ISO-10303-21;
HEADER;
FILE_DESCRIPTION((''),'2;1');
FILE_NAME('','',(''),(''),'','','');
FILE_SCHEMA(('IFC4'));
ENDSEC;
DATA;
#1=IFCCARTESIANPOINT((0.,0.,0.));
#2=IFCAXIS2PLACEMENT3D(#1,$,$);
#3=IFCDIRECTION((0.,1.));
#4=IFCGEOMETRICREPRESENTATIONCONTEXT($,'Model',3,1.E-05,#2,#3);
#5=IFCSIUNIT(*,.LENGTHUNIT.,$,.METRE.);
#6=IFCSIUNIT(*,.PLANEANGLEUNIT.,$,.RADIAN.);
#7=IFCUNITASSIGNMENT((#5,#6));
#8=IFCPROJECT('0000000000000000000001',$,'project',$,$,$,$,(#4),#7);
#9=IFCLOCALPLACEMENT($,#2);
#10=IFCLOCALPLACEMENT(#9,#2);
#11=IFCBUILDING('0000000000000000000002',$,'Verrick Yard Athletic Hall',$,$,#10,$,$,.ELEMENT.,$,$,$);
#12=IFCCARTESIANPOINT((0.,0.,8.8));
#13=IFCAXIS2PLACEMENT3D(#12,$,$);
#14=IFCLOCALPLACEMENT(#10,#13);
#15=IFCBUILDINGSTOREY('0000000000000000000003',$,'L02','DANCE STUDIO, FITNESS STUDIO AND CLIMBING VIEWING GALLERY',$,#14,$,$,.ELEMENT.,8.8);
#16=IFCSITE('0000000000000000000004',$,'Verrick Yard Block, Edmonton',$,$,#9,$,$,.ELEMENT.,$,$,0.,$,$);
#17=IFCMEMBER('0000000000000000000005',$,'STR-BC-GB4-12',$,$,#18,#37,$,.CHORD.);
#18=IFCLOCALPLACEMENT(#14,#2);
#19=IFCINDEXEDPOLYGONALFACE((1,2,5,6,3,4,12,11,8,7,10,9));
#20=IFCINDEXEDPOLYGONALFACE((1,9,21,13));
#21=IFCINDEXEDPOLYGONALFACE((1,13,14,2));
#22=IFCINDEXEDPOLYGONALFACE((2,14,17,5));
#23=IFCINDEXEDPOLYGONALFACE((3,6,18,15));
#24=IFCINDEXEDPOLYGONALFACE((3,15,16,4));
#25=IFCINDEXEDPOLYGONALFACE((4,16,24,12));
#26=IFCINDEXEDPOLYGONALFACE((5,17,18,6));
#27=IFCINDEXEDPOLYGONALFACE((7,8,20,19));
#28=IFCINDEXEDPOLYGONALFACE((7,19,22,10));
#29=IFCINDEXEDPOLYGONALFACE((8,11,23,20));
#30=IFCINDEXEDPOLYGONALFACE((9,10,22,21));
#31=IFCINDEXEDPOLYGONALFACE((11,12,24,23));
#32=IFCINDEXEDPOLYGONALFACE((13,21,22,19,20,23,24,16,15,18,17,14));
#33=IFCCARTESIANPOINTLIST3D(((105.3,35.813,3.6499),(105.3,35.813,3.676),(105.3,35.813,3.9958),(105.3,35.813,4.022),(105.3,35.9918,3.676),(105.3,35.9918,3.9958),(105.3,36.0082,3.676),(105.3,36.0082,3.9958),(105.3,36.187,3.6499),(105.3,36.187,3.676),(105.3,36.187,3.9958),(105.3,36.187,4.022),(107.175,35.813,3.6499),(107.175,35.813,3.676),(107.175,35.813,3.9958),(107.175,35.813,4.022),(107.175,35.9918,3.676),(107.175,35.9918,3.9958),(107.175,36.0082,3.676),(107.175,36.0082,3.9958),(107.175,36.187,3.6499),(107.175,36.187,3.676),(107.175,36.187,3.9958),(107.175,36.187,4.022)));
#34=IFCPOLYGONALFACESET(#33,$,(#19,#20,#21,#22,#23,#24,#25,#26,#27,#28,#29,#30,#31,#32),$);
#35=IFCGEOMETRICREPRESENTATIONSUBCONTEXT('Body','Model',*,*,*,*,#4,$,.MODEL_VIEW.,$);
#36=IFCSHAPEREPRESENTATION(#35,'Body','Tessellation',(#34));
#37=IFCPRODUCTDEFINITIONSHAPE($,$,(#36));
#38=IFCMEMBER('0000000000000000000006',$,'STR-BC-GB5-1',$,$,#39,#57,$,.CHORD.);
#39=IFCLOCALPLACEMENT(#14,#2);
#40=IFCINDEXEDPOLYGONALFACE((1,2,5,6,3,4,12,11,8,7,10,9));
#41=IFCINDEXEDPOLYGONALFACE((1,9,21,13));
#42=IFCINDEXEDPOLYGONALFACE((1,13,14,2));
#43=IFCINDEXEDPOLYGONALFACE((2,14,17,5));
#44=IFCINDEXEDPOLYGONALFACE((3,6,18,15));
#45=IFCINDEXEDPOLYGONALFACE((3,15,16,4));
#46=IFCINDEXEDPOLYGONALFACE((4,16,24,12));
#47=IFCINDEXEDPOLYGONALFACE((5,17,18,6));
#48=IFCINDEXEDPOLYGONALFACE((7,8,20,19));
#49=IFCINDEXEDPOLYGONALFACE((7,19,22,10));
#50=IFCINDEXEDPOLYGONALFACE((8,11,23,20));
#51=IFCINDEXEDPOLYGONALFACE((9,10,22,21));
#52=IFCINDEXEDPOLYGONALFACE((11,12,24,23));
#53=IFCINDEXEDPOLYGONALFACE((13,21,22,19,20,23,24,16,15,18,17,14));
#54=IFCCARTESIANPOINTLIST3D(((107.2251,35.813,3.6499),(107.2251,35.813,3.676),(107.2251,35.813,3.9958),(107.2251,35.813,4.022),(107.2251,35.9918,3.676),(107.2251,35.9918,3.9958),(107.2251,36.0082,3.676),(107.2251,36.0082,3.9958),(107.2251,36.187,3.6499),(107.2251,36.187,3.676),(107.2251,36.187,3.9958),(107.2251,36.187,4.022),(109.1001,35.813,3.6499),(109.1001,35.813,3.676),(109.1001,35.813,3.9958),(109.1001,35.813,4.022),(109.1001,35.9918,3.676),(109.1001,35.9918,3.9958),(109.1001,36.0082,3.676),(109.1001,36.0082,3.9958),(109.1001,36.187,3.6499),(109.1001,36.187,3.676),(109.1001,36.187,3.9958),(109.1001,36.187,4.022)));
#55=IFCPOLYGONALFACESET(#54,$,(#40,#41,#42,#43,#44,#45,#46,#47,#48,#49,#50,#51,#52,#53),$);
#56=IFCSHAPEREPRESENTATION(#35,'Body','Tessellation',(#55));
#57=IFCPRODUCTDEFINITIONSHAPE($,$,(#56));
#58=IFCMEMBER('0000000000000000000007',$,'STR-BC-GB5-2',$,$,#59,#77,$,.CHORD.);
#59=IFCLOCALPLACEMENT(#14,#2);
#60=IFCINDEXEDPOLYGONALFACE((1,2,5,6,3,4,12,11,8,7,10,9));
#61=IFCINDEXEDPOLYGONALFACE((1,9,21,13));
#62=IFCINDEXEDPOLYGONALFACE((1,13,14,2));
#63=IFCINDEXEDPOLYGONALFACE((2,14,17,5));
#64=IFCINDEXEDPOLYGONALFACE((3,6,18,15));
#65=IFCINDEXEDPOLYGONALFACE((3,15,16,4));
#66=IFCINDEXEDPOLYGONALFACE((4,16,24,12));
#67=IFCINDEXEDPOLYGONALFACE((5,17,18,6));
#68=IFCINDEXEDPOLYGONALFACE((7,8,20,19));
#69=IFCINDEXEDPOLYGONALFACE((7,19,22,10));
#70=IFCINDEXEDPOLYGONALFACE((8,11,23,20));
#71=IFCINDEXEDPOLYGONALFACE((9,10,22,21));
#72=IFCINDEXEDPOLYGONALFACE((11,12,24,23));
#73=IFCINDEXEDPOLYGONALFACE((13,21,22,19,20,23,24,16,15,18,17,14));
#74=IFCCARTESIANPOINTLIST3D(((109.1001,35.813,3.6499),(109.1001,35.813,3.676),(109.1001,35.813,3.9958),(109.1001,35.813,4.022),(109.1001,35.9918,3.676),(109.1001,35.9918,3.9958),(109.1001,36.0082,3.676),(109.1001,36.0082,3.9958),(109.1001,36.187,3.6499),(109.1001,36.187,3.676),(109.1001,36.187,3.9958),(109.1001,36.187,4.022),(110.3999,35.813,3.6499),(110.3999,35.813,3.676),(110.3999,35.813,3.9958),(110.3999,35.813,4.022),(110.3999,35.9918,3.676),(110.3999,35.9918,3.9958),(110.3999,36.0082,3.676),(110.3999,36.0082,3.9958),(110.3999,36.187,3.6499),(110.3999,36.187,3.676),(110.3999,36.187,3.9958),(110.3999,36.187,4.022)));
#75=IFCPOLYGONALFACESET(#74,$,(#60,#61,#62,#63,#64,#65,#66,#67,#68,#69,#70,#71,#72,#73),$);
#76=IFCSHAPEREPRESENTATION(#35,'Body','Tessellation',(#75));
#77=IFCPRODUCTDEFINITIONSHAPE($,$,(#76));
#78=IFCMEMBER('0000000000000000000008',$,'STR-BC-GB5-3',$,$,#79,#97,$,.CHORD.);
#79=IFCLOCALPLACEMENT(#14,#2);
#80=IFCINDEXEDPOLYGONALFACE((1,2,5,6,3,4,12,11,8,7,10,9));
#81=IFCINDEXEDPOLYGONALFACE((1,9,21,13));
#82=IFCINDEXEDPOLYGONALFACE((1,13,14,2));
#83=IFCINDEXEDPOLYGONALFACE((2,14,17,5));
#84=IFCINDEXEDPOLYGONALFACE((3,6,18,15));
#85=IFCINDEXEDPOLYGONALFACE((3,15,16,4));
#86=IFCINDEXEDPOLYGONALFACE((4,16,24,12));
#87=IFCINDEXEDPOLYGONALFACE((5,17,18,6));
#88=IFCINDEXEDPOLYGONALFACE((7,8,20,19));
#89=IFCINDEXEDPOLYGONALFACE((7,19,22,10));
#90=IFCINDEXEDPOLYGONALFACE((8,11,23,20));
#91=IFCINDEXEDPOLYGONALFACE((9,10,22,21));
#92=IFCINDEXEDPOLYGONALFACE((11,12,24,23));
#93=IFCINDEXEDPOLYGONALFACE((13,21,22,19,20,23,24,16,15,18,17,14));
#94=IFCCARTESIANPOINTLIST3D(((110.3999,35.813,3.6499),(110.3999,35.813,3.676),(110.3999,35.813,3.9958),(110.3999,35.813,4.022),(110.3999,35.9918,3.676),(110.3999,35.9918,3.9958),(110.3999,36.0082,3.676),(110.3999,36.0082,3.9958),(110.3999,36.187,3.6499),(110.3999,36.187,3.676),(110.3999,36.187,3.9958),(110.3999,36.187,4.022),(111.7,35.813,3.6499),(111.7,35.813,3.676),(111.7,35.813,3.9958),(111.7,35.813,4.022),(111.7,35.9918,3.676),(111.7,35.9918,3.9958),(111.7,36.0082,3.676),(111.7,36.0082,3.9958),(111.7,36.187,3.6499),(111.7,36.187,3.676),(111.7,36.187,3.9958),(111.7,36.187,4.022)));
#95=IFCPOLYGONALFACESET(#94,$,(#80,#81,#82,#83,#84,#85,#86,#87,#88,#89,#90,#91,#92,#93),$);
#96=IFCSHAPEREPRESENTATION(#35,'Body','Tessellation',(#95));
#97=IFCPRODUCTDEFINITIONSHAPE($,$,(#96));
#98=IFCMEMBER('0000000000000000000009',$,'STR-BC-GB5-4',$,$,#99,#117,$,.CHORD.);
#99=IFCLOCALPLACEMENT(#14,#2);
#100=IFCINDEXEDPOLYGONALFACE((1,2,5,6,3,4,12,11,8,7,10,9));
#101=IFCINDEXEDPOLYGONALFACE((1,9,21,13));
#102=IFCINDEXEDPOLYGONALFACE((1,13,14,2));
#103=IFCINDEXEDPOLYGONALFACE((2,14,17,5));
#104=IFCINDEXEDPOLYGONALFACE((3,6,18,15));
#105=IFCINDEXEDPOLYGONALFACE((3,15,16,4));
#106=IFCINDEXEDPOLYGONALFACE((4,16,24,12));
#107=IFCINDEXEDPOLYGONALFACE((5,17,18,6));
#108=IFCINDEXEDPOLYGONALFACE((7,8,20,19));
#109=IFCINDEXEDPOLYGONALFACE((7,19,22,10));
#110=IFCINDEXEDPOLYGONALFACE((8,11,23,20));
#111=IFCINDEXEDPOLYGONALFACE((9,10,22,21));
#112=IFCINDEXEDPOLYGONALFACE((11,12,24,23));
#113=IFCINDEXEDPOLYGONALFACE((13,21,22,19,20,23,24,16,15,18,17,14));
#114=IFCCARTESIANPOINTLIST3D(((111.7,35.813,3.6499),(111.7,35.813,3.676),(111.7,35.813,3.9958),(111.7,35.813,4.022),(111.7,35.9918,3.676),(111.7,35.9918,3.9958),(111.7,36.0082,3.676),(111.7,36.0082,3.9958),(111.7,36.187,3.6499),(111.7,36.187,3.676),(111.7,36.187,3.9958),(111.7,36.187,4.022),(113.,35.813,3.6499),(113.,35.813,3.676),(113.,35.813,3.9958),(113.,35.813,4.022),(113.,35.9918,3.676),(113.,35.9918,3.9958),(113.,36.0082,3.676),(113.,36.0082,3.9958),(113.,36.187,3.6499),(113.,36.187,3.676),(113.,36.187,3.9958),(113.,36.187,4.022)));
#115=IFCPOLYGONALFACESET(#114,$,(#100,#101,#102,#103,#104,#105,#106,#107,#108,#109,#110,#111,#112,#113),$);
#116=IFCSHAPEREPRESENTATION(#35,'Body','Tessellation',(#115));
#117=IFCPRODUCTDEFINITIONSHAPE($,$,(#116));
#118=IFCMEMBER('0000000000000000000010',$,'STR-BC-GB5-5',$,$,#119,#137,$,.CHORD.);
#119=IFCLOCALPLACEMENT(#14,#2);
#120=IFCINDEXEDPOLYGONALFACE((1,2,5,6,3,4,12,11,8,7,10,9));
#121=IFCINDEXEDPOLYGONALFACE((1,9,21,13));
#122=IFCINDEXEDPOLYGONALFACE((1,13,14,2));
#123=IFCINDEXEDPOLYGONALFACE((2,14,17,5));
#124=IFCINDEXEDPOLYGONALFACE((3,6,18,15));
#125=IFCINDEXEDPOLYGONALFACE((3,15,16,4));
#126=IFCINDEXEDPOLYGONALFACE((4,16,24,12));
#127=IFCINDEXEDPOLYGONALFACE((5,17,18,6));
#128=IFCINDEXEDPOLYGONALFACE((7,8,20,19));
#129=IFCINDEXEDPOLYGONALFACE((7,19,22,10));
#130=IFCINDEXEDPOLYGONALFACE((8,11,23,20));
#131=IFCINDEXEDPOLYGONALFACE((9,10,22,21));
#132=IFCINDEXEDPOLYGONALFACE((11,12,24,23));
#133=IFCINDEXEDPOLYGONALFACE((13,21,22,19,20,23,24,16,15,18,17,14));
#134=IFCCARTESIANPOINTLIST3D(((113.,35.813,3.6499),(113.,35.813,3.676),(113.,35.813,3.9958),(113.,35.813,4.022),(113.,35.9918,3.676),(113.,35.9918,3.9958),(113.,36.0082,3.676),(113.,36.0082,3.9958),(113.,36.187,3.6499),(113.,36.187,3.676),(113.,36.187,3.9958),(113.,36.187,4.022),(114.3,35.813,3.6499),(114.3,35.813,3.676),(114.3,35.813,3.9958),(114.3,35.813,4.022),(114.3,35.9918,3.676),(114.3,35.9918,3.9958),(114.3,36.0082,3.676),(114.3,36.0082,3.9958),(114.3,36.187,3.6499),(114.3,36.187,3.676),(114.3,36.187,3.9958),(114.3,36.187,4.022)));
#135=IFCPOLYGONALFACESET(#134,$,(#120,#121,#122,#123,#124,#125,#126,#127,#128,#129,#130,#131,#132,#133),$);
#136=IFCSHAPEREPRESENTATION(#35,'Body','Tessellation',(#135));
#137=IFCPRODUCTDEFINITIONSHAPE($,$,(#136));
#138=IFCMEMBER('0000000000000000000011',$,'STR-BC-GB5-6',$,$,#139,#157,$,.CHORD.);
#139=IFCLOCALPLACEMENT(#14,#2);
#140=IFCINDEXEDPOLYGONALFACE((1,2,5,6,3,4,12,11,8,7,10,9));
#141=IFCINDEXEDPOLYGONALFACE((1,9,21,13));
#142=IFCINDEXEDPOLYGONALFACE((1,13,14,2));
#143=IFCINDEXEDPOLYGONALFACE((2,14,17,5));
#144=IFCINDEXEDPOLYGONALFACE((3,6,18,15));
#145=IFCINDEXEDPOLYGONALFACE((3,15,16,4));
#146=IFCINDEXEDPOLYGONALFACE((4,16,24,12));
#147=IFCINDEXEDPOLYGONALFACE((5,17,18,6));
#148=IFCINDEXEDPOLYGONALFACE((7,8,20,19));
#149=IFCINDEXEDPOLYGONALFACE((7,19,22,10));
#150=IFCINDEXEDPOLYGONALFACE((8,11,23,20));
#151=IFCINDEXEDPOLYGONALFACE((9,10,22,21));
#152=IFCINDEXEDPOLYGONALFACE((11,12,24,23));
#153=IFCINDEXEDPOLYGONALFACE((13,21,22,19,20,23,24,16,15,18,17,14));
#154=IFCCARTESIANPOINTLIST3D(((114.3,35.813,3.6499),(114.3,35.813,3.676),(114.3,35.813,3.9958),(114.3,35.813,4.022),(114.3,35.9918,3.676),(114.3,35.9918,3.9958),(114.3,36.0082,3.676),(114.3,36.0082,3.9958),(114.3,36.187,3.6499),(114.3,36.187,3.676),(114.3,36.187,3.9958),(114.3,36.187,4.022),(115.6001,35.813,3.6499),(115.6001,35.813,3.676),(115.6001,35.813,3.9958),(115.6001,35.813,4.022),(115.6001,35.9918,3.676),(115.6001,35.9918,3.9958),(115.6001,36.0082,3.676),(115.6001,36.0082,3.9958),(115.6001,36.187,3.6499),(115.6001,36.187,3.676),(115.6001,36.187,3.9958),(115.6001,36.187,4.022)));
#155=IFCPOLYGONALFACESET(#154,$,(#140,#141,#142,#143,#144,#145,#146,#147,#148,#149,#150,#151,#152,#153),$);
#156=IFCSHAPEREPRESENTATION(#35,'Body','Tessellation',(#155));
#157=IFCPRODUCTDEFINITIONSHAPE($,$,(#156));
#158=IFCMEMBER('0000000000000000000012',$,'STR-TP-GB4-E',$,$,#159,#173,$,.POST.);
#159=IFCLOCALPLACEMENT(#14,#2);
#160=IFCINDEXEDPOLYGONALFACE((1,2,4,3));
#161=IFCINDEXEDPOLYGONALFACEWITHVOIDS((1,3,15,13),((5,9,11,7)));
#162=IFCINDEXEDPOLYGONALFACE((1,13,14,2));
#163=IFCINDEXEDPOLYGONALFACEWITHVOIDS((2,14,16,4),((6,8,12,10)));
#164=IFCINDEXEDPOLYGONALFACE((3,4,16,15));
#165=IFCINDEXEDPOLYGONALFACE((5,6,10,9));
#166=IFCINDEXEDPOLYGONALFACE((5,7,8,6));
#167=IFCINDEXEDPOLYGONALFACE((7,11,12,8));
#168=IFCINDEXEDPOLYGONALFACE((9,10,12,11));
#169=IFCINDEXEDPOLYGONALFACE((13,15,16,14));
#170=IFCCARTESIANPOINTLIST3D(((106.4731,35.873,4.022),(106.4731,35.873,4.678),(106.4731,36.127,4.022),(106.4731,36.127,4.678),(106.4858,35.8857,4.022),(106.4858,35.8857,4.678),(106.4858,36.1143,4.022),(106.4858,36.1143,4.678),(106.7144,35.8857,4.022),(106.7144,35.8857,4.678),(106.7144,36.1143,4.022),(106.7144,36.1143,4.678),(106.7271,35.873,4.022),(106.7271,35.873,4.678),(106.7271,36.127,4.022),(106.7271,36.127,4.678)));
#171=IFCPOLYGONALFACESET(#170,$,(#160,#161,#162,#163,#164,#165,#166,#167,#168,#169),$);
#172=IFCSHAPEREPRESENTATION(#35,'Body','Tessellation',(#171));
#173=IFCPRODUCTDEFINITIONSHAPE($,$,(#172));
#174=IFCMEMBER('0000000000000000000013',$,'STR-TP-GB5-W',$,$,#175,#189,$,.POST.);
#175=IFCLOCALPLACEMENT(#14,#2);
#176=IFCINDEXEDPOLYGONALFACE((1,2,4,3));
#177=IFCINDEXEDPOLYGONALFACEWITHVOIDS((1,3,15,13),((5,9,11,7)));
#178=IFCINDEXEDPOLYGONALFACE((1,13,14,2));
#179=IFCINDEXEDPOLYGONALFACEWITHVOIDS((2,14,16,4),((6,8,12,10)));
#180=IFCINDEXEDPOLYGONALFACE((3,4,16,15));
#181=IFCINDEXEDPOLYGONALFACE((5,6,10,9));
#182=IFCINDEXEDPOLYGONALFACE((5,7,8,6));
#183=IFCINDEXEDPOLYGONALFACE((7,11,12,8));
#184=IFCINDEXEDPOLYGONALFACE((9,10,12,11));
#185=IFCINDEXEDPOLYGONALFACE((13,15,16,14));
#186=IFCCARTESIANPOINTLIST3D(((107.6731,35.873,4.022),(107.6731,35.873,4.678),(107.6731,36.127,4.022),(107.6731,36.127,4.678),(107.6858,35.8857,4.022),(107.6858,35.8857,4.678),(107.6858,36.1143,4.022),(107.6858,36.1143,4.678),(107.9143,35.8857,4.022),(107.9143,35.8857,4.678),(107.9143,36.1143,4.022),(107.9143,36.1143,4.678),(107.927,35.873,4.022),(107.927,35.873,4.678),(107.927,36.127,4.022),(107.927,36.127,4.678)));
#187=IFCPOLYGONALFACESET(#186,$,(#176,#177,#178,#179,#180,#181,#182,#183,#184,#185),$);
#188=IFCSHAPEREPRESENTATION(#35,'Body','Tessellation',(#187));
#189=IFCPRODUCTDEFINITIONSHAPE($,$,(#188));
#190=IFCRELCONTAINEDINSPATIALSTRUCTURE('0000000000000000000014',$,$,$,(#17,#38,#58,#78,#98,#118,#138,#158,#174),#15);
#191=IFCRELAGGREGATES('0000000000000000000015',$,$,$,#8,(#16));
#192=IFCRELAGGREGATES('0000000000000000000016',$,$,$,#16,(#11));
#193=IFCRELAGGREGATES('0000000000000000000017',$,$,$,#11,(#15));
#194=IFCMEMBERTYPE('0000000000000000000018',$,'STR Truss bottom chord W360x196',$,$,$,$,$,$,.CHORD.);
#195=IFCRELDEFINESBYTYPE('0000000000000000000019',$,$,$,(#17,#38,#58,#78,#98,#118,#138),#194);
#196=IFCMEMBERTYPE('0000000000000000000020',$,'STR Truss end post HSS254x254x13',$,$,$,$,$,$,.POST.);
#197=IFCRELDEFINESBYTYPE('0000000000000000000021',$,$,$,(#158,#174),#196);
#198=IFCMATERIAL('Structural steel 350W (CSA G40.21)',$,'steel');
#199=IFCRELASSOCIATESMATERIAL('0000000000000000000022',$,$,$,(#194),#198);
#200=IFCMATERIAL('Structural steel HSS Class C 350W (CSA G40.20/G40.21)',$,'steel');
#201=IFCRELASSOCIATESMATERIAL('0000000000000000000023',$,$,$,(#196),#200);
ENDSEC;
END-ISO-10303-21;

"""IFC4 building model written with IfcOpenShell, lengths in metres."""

from ifc_helpers import new_model, si_unit, direction, frame, origin, origin_2d, place, context, subcontext, project, spatial, hollow_rectangle, i_section, extrude, material, material_profile, profile_set, type_object, element, save


model = new_model("IFC4")

# Units and contexts
model_context = context("Model", 3, precision=1e-05, world=origin(), true_north=direction((0.0, 1.0)))
body_context = subcontext(model_context, "Body", "Model", "MODEL_VIEW")
ifc_project = project(units=[si_unit("LENGTHUNIT", "METRE"), si_unit("PLANEANGLEUNIT", "RADIAN")], contexts=[model_context])

# Site, building, storey
site_placement = place(None, origin())
site = spatial("IfcSite", under=ifc_project, at=site_placement, Name="Verrick Yard Block, Edmonton", CompositionType="ELEMENT", RefElevation=0.0)
building_placement = place(site_placement, origin())
building = spatial("IfcBuilding", under=site, at=building_placement, Name="Verrick Yard Athletic Hall", CompositionType="ELEMENT")
storey_placement = place(building_placement, frame((0.0, 0.0, 8.8)))
storey = spatial("IfcBuildingStorey", under=building, at=storey_placement, Name="L02", Description="DANCE STUDIO, FITNESS STUDIO AND CLIMBING VIEWING GALLERY", CompositionType="ELEMENT", Elevation=8.8)

# Shared definitions
ifc_material_1 = material(Name="Structural steel 350W (CSA G40.21)", Category="steel")

# Members
ifc_material_profile_1 = material_profile(ifc_material_1, i_section(OverallWidth=0.374, OverallDepth=0.3721, WebThickness=0.0164, FlangeThickness=0.0261, at=origin_2d()), Name="W360x196")
ifc_profile_set_1 = profile_set([ifc_material_profile_1], Name="Structural steel 350W (CSA G40.21)")
member_type_1 = type_object("IfcMemberType", Name="STR Truss bottom chord W360x196", PredefinedType="CHORD", material=ifc_profile_set_1)
for number, where, z_axis, x_axis, name in (
    (1, (105.3, 36.0, 3.8359), (1.0, 0.0, 0.0), (0.0, 1.0, 0.0), "STR-BC-GB4-12"),
    (2, (107.2251, 36.0, 3.8359), (1.0, 0.0, 0.0), (0.0, 1.0, 0.0), "STR-BC-GB5-1"),
):
    element("IfcMember", number, at=place(storey_placement, frame(where, z_axis=z_axis, x_axis=x_axis)), inside=storey, type_object=member_type_1, Name=name, PredefinedType="CHORD", context=body_context, shape_type="SweptSolid", body=[
        extrude(i_section(OverallWidth=0.374, OverallDepth=0.3721, WebThickness=0.0164, FlangeThickness=0.0261, at=origin_2d()), origin(), (0.0, 0.0, 1.0), 1.875),
    ])
member_1_placement = place(storey_placement, frame((109.1001, 36.0, 3.8359), z_axis=(1.0, 0.0, 0.0), x_axis=(0.0, 1.0, 0.0)))
element("IfcMember", 3, at=member_1_placement, inside=storey, type_object=member_type_1, Name="STR-BC-GB5-2", PredefinedType="CHORD", context=body_context, shape_type="SweptSolid", body=[
    extrude(i_section(OverallWidth=0.374, OverallDepth=0.3721, WebThickness=0.0164, FlangeThickness=0.0261, at=origin_2d()), origin(), (0.0, 0.0, 1.0), 1.2998),
])
for number, where, z_axis, x_axis, name in (
    (4, (110.3999, 36.0, 3.8359), (1.0, 0.0, 0.0), (0.0, 1.0, 0.0), "STR-BC-GB5-3"),
    (5, (111.7, 36.0, 3.8359), (1.0, 0.0, 0.0), (0.0, 1.0, 0.0), "STR-BC-GB5-4"),
    (6, (113.0, 36.0, 3.8359), (1.0, 0.0, 0.0), (0.0, 1.0, 0.0), "STR-BC-GB5-5"),
    (7, (114.3, 36.0, 3.8359), (1.0, 0.0, 0.0), (0.0, 1.0, 0.0), "STR-BC-GB5-6"),
):
    element("IfcMember", number, at=place(storey_placement, frame(where, z_axis=z_axis, x_axis=x_axis)), inside=storey, type_object=member_type_1, Name=name, PredefinedType="CHORD", context=body_context, shape_type="SweptSolid", body=[
        extrude(i_section(OverallWidth=0.374, OverallDepth=0.3721, WebThickness=0.0164, FlangeThickness=0.0261, at=origin_2d()), origin(), (0.0, 0.0, 1.0), 1.3),
    ])
ifc_material_2 = material(Name="Structural steel HSS Class C 350W (CSA G40.20/G40.21)", Category="steel")
ifc_material_profile_2 = material_profile(ifc_material_2, hollow_rectangle(XDim=0.2539, YDim=0.2539, WallThickness=0.0127, at=origin_2d()), Name="HSS254x254x13")
ifc_profile_set_2 = profile_set([ifc_material_profile_2], Name="Structural steel HSS Class C 350W (CSA G40.20/G40.21)")
member_type_2 = type_object("IfcMemberType", Name="STR Truss end post HSS254x254x13", PredefinedType="POST", material=ifc_profile_set_2)
for number, where, z_axis, x_axis, name in (
    (8, (106.6001, 36.0, 4.022), (0.0, 0.0, 1.0), (1.0, 0.0, 0.0), "STR-TP-GB4-E"),
    (9, (107.8, 36.0, 4.022), (0.0, 0.0, 1.0), (1.0, 0.0, 0.0), "STR-TP-GB5-W"),
):
    element("IfcMember", number, at=place(storey_placement, frame(where, z_axis=z_axis, x_axis=x_axis)), inside=storey, type_object=member_type_2, Name=name, PredefinedType="POST", context=body_context, shape_type="SweptSolid", body=[
        extrude(hollow_rectangle(XDim=0.2539, YDim=0.2539, WallThickness=0.0127, at=origin_2d()), origin(), (0.0, 0.0, 1.0), 0.656),
    ])

save(model, "model.ifc")
